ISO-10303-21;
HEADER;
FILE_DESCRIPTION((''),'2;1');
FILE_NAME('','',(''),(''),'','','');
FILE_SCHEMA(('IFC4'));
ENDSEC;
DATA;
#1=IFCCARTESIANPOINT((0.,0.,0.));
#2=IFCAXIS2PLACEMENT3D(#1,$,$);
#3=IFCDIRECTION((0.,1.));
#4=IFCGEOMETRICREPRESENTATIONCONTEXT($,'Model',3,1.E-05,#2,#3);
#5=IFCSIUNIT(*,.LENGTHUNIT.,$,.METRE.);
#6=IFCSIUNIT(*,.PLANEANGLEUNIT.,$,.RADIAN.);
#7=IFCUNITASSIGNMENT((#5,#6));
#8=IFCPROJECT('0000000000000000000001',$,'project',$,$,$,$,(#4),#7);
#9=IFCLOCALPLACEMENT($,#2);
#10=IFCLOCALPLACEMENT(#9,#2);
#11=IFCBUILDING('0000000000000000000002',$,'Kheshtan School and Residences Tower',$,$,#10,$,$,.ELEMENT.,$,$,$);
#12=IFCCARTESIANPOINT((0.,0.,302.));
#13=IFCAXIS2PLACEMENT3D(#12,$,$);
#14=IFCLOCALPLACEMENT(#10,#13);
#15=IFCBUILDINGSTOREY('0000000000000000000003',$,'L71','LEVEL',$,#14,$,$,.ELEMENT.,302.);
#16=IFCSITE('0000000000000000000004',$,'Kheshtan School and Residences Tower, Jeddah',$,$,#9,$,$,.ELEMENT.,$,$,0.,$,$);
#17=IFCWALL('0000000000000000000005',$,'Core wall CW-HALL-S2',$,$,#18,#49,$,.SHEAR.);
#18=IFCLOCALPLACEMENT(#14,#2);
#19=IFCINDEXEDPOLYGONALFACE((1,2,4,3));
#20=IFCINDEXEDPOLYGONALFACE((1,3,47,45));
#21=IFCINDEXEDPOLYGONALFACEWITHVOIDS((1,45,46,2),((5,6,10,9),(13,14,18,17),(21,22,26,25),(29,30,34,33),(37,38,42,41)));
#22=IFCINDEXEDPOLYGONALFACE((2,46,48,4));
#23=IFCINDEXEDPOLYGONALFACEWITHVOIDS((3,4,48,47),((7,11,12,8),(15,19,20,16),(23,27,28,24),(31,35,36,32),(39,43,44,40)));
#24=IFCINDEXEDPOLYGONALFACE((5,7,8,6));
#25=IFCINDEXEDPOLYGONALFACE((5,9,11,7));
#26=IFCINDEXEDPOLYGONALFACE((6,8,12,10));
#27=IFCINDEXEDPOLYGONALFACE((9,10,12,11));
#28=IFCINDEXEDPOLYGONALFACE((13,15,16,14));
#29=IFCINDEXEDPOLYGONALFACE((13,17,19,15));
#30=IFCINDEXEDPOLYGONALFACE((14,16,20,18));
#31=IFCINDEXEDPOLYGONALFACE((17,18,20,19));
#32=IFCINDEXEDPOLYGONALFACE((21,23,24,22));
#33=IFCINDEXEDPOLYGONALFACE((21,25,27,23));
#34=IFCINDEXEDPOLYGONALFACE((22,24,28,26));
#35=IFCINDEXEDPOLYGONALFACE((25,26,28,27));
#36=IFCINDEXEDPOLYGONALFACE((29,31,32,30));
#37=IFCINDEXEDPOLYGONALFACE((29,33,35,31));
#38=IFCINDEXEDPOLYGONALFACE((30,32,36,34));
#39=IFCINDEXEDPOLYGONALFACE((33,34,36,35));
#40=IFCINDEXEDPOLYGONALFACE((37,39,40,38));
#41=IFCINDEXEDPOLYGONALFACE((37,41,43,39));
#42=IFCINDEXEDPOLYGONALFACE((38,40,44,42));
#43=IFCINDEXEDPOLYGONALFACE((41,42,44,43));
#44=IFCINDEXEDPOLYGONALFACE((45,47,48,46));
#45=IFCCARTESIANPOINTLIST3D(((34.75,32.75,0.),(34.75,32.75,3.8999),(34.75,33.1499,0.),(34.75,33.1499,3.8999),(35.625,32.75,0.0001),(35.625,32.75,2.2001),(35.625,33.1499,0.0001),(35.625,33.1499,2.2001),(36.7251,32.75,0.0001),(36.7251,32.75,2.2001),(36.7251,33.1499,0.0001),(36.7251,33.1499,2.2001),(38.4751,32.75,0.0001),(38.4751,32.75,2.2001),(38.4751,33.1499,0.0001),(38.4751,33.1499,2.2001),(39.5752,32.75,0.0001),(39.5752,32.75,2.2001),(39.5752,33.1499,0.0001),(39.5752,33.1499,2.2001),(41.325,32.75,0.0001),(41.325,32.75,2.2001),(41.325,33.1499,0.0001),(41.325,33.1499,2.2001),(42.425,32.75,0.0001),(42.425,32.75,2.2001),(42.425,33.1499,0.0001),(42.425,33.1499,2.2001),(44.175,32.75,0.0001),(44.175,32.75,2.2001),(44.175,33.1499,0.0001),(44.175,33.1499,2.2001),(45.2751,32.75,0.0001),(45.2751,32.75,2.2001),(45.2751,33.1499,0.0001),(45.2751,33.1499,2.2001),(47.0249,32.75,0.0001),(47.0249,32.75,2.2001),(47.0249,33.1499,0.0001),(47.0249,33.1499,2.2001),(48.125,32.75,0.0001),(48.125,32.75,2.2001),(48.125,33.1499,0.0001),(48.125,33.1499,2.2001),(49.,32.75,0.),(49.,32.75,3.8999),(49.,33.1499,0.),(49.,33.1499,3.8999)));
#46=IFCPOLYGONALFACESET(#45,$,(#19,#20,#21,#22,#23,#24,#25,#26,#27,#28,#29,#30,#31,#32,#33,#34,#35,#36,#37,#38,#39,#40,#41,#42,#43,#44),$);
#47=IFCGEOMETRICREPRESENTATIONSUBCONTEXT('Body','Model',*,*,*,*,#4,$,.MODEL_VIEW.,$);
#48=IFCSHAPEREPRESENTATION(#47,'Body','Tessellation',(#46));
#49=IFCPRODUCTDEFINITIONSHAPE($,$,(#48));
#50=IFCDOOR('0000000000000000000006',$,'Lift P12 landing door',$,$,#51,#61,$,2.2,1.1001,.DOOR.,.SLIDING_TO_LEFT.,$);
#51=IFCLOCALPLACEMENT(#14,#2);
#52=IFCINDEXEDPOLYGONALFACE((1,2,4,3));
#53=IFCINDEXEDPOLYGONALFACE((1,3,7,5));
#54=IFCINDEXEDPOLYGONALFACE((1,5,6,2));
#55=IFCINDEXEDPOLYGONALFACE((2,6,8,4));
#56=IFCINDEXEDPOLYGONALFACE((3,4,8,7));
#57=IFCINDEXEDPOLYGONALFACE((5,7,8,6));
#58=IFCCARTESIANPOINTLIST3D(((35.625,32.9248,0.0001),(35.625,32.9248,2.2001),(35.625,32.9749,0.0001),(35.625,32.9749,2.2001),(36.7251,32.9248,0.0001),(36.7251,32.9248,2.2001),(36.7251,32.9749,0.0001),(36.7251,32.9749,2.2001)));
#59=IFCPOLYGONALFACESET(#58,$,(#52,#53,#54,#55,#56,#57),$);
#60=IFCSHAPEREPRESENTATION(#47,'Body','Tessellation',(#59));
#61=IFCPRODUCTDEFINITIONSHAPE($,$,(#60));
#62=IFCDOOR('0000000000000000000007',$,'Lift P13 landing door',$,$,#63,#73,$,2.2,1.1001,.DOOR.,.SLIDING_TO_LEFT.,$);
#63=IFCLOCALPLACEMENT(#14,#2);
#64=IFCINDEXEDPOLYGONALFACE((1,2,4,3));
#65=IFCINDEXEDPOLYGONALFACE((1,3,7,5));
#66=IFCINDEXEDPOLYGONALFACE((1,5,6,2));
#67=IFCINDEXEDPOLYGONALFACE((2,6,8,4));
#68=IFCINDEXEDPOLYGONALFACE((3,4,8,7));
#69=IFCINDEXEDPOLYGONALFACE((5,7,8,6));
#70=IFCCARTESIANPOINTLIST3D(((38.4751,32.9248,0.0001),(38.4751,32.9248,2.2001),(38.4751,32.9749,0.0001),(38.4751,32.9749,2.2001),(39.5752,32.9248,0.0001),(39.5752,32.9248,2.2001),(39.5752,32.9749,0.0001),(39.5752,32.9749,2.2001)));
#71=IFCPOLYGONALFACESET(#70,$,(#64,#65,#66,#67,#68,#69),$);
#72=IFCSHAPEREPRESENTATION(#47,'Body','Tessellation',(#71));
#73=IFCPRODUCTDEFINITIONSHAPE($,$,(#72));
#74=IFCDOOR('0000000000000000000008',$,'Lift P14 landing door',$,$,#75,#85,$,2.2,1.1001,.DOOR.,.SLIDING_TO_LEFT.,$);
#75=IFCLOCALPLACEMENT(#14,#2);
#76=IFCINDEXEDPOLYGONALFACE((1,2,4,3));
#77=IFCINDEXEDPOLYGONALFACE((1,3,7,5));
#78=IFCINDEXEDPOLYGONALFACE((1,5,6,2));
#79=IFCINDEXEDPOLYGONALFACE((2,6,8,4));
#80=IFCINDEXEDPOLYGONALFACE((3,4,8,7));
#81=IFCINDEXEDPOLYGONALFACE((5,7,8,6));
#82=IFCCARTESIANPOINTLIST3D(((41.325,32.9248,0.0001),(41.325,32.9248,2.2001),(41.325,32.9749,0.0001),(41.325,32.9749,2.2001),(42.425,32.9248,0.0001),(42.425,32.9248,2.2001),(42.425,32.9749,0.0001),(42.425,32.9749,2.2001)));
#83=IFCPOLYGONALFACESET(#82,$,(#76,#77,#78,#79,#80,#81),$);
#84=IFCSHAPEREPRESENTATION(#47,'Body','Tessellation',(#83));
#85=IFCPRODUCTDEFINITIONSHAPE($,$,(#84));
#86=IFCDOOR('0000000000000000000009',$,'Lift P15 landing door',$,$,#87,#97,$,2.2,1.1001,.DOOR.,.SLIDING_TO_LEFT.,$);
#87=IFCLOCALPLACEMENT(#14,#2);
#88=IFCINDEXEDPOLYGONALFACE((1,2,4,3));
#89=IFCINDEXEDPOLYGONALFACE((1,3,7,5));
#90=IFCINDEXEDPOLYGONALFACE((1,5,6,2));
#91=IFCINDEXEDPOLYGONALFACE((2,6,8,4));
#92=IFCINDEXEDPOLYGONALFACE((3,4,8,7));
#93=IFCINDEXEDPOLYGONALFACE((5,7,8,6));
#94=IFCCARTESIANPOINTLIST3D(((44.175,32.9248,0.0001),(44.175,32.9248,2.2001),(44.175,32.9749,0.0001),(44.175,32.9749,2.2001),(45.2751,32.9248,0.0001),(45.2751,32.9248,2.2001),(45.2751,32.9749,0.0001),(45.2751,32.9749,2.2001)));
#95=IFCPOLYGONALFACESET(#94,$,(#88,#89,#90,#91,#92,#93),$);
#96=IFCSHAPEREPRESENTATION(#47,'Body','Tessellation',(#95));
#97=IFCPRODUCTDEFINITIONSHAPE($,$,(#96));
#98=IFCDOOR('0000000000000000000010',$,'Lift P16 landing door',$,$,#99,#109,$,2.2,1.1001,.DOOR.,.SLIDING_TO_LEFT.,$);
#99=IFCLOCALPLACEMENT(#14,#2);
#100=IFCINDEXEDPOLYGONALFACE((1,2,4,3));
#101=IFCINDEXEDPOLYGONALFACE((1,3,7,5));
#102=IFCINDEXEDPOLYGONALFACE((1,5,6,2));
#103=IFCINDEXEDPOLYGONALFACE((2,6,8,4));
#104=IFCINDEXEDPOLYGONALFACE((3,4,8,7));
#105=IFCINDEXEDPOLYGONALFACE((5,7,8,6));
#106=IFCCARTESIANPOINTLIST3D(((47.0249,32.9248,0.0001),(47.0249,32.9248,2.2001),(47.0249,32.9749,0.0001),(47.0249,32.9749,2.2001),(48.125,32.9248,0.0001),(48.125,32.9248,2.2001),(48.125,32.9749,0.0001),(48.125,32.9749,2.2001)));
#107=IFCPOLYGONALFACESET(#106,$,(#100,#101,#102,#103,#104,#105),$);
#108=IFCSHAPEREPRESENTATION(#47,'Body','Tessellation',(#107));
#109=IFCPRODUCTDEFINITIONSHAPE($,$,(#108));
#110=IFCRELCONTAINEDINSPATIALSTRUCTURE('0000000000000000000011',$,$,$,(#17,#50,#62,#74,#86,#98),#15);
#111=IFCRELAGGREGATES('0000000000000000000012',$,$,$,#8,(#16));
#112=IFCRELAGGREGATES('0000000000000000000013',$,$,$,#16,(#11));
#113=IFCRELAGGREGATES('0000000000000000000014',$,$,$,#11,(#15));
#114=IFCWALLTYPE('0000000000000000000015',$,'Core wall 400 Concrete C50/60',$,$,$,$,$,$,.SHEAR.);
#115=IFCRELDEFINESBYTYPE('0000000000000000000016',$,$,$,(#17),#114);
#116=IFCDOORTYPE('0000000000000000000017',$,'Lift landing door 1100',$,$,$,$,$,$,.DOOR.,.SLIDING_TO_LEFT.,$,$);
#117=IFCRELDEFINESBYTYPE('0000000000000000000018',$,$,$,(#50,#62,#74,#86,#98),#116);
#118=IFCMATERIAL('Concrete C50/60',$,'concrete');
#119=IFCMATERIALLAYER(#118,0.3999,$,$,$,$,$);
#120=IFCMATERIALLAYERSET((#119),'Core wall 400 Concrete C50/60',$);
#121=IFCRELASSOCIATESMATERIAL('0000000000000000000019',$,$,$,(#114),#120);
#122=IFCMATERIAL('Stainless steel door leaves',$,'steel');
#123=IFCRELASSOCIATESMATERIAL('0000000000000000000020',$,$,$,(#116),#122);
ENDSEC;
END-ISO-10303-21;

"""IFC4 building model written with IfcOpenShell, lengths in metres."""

from ifc_helpers import new_model, si_unit, direction, frame, frame_2d, origin, place, context, subcontext, project, spatial, rectangle, extrude, source, transform, mapped, material, layer, layer_set, type_object, element, fill, save


model = new_model("IFC4")

# Units and contexts
model_context = context("Model", 3, precision=1e-05, world=origin(), true_north=direction((0.0, 1.0)))
body_context = subcontext(model_context, "Body", "Model", "MODEL_VIEW")
ifc_project = project(units=[si_unit("LENGTHUNIT", "METRE"), si_unit("PLANEANGLEUNIT", "RADIAN")], contexts=[model_context])

# Site, building, storey
site_placement = place(None, origin())
site = spatial("IfcSite", under=ifc_project, at=site_placement, Name="Kheshtan School and Residences Tower, Jeddah", CompositionType="ELEMENT", RefElevation=0.0)
building_placement = place(site_placement, origin())
building = spatial("IfcBuilding", under=site, at=building_placement, Name="Kheshtan School and Residences Tower", CompositionType="ELEMENT")
storey_placement = place(building_placement, frame((0.0, 0.0, 302.0)))
storey = spatial("IfcBuildingStorey", under=building, at=storey_placement, Name="L71", Description="LEVEL", CompositionType="ELEMENT", Elevation=302.0)

# Wall, openings, doors
ifc_material_1 = material(Name="Concrete C50/60", Category="concrete")
ifc_layer_1 = layer(ifc_material_1, 0.3999)
ifc_layer_set_1 = layer_set([ifc_layer_1], Name="Core wall 400 Concrete C50/60")
wall_type_1 = type_object("IfcWallType", Name="Core wall 400 Concrete C50/60", PredefinedType="SHEAR", material=ifc_layer_set_1)
ifc_material_2 = material(Name="Stainless steel door leaves", Category="steel")
door_type_1 = type_object("IfcDoorType", Name="Lift landing door 1100", OperationType="SLIDING_TO_LEFT", PredefinedType="DOOR", material=ifc_material_2)
shared_shape_1 = source(origin(), body_context, "Body", "SweptSolid", [
    extrude(rectangle(XDim=1.1001, YDim=2.2, at=frame_2d((0.55, 1.1001))), frame((0.0, 0.0249, 0.0), z_axis=(0.0, -1.0, 0.0), x_axis=(1.0, 0.0, 0.0)), (0.0, 0.0, 1.0), 0.05),
])
wall_1_placement = place(storey_placement, frame((34.75, 32.95, 0.0), z_axis=(0.0, 0.0, 1.0), x_axis=(1.0, 0.0, 0.0)))
wall_1 = element("IfcWall", 1, at=wall_1_placement, inside=storey, type_object=wall_type_1, Name="Core wall CW-HALL-S2", PredefinedType="SHEAR", context=body_context, shape_type="SweptSolid", body=[
    extrude(rectangle(XDim=14.25, YDim=0.3999, at=frame_2d((7.125, 0.0))), origin(), (0.0, 0.0, 1.0), 3.8999),
])
opening_1_placement = place(wall_1_placement, frame((0.875, 0.0, 0.0)))
opening_1 = element("IfcOpeningElement", 2, at=opening_1_placement, cuts=wall_1, PredefinedType="OPENING", context=body_context, shape_type="SweptSolid", body=[
    extrude(rectangle(XDim=1.1001, YDim=2.2, at=frame_2d((0.55, 1.1001))), frame((0.0, 0.21, 0.0), z_axis=(0.0, -1.0, 0.0), x_axis=(1.0, 0.0, 0.0)), (0.0, 0.0, 1.0), 0.4199),
])
opening_2_placement = place(wall_1_placement, frame((3.7251, 0.0, 0.0)))
opening_2 = element("IfcOpeningElement", 3, at=opening_2_placement, cuts=wall_1, PredefinedType="OPENING", context=body_context, shape_type="SweptSolid", body=[
    extrude(rectangle(XDim=1.1001, YDim=2.2, at=frame_2d((0.55, 1.1001))), frame((0.0, 0.21, 0.0), z_axis=(0.0, -1.0, 0.0), x_axis=(1.0, 0.0, 0.0)), (0.0, 0.0, 1.0), 0.4199),
])
opening_3_placement = place(wall_1_placement, frame((6.575, 0.0, 0.0)))
opening_3 = element("IfcOpeningElement", 4, at=opening_3_placement, cuts=wall_1, PredefinedType="OPENING", context=body_context, shape_type="SweptSolid", body=[
    extrude(rectangle(XDim=1.1001, YDim=2.2, at=frame_2d((0.55, 1.1001))), frame((0.0, 0.21, 0.0), z_axis=(0.0, -1.0, 0.0), x_axis=(1.0, 0.0, 0.0)), (0.0, 0.0, 1.0), 0.4199),
])
opening_4_placement = place(wall_1_placement, frame((9.425, 0.0, 0.0)))
opening_4 = element("IfcOpeningElement", 5, at=opening_4_placement, cuts=wall_1, PredefinedType="OPENING", context=body_context, shape_type="SweptSolid", body=[
    extrude(rectangle(XDim=1.1001, YDim=2.2, at=frame_2d((0.55, 1.1001))), frame((0.0, 0.21, 0.0), z_axis=(0.0, -1.0, 0.0), x_axis=(1.0, 0.0, 0.0)), (0.0, 0.0, 1.0), 0.4199),
])
opening_5_placement = place(wall_1_placement, frame((12.2749, 0.0, 0.0)))
opening_5 = element("IfcOpeningElement", 6, at=opening_5_placement, cuts=wall_1, PredefinedType="OPENING", context=body_context, shape_type="SweptSolid", body=[
    extrude(rectangle(XDim=1.1001, YDim=2.2, at=frame_2d((0.55, 1.1001))), frame((0.0, 0.21, 0.0), z_axis=(0.0, -1.0, 0.0), x_axis=(1.0, 0.0, 0.0)), (0.0, 0.0, 1.0), 0.4199),
])
door_1_placement = place(opening_1_placement, origin())
door_1 = element("IfcDoor", 7, at=door_1_placement, inside=storey, type_object=door_type_1, Name="Lift P12 landing door", OperationType="SLIDING_TO_LEFT", OverallHeight=2.2, OverallWidth=1.1001, PredefinedType="DOOR", context=body_context, shape_type="MappedRepresentation", body=[
    mapped(shared_shape_1, transform((0.0, 0.0, 0.0), x_axis=(1.0, 0.0, 0.0), y_axis=(0.0, 1.0, 0.0), z_axis=(0.0, 0.0, 1.0), scale=1.0)),
])
fill(opening_1, door_1)
door_2_placement = place(opening_2_placement, origin())
door_2 = element("IfcDoor", 8, at=door_2_placement, inside=storey, type_object=door_type_1, Name="Lift P13 landing door", OperationType="SLIDING_TO_LEFT", OverallHeight=2.2, OverallWidth=1.1001, PredefinedType="DOOR", context=body_context, shape_type="MappedRepresentation", body=[
    mapped(shared_shape_1, transform((0.0, 0.0, 0.0), x_axis=(1.0, 0.0, 0.0), y_axis=(0.0, 1.0, 0.0), z_axis=(0.0, 0.0, 1.0), scale=1.0)),
])
fill(opening_2, door_2)
door_3_placement = place(opening_3_placement, origin())
door_3 = element("IfcDoor", 9, at=door_3_placement, inside=storey, type_object=door_type_1, Name="Lift P14 landing door", OperationType="SLIDING_TO_LEFT", OverallHeight=2.2, OverallWidth=1.1001, PredefinedType="DOOR", context=body_context, shape_type="MappedRepresentation", body=[
    mapped(shared_shape_1, transform((0.0, 0.0, 0.0), x_axis=(1.0, 0.0, 0.0), y_axis=(0.0, 1.0, 0.0), z_axis=(0.0, 0.0, 1.0), scale=1.0)),
])
fill(opening_3, door_3)
door_4_placement = place(opening_4_placement, origin())
door_4 = element("IfcDoor", 10, at=door_4_placement, inside=storey, type_object=door_type_1, Name="Lift P15 landing door", OperationType="SLIDING_TO_LEFT", OverallHeight=2.2, OverallWidth=1.1001, PredefinedType="DOOR", context=body_context, shape_type="MappedRepresentation", body=[
    mapped(shared_shape_1, transform((0.0, 0.0, 0.0), x_axis=(1.0, 0.0, 0.0), y_axis=(0.0, 1.0, 0.0), z_axis=(0.0, 0.0, 1.0), scale=1.0)),
])
fill(opening_4, door_4)
door_5_placement = place(opening_5_placement, origin())
door_5 = element("IfcDoor", 11, at=door_5_placement, inside=storey, type_object=door_type_1, Name="Lift P16 landing door", OperationType="SLIDING_TO_LEFT", OverallHeight=2.2, OverallWidth=1.1001, PredefinedType="DOOR", context=body_context, shape_type="MappedRepresentation", body=[
    mapped(shared_shape_1, transform((0.0, 0.0, 0.0), x_axis=(1.0, 0.0, 0.0), y_axis=(0.0, 1.0, 0.0), z_axis=(0.0, 0.0, 1.0), scale=1.0)),
])
fill(opening_5, door_5)

save(model, "model.ifc")
